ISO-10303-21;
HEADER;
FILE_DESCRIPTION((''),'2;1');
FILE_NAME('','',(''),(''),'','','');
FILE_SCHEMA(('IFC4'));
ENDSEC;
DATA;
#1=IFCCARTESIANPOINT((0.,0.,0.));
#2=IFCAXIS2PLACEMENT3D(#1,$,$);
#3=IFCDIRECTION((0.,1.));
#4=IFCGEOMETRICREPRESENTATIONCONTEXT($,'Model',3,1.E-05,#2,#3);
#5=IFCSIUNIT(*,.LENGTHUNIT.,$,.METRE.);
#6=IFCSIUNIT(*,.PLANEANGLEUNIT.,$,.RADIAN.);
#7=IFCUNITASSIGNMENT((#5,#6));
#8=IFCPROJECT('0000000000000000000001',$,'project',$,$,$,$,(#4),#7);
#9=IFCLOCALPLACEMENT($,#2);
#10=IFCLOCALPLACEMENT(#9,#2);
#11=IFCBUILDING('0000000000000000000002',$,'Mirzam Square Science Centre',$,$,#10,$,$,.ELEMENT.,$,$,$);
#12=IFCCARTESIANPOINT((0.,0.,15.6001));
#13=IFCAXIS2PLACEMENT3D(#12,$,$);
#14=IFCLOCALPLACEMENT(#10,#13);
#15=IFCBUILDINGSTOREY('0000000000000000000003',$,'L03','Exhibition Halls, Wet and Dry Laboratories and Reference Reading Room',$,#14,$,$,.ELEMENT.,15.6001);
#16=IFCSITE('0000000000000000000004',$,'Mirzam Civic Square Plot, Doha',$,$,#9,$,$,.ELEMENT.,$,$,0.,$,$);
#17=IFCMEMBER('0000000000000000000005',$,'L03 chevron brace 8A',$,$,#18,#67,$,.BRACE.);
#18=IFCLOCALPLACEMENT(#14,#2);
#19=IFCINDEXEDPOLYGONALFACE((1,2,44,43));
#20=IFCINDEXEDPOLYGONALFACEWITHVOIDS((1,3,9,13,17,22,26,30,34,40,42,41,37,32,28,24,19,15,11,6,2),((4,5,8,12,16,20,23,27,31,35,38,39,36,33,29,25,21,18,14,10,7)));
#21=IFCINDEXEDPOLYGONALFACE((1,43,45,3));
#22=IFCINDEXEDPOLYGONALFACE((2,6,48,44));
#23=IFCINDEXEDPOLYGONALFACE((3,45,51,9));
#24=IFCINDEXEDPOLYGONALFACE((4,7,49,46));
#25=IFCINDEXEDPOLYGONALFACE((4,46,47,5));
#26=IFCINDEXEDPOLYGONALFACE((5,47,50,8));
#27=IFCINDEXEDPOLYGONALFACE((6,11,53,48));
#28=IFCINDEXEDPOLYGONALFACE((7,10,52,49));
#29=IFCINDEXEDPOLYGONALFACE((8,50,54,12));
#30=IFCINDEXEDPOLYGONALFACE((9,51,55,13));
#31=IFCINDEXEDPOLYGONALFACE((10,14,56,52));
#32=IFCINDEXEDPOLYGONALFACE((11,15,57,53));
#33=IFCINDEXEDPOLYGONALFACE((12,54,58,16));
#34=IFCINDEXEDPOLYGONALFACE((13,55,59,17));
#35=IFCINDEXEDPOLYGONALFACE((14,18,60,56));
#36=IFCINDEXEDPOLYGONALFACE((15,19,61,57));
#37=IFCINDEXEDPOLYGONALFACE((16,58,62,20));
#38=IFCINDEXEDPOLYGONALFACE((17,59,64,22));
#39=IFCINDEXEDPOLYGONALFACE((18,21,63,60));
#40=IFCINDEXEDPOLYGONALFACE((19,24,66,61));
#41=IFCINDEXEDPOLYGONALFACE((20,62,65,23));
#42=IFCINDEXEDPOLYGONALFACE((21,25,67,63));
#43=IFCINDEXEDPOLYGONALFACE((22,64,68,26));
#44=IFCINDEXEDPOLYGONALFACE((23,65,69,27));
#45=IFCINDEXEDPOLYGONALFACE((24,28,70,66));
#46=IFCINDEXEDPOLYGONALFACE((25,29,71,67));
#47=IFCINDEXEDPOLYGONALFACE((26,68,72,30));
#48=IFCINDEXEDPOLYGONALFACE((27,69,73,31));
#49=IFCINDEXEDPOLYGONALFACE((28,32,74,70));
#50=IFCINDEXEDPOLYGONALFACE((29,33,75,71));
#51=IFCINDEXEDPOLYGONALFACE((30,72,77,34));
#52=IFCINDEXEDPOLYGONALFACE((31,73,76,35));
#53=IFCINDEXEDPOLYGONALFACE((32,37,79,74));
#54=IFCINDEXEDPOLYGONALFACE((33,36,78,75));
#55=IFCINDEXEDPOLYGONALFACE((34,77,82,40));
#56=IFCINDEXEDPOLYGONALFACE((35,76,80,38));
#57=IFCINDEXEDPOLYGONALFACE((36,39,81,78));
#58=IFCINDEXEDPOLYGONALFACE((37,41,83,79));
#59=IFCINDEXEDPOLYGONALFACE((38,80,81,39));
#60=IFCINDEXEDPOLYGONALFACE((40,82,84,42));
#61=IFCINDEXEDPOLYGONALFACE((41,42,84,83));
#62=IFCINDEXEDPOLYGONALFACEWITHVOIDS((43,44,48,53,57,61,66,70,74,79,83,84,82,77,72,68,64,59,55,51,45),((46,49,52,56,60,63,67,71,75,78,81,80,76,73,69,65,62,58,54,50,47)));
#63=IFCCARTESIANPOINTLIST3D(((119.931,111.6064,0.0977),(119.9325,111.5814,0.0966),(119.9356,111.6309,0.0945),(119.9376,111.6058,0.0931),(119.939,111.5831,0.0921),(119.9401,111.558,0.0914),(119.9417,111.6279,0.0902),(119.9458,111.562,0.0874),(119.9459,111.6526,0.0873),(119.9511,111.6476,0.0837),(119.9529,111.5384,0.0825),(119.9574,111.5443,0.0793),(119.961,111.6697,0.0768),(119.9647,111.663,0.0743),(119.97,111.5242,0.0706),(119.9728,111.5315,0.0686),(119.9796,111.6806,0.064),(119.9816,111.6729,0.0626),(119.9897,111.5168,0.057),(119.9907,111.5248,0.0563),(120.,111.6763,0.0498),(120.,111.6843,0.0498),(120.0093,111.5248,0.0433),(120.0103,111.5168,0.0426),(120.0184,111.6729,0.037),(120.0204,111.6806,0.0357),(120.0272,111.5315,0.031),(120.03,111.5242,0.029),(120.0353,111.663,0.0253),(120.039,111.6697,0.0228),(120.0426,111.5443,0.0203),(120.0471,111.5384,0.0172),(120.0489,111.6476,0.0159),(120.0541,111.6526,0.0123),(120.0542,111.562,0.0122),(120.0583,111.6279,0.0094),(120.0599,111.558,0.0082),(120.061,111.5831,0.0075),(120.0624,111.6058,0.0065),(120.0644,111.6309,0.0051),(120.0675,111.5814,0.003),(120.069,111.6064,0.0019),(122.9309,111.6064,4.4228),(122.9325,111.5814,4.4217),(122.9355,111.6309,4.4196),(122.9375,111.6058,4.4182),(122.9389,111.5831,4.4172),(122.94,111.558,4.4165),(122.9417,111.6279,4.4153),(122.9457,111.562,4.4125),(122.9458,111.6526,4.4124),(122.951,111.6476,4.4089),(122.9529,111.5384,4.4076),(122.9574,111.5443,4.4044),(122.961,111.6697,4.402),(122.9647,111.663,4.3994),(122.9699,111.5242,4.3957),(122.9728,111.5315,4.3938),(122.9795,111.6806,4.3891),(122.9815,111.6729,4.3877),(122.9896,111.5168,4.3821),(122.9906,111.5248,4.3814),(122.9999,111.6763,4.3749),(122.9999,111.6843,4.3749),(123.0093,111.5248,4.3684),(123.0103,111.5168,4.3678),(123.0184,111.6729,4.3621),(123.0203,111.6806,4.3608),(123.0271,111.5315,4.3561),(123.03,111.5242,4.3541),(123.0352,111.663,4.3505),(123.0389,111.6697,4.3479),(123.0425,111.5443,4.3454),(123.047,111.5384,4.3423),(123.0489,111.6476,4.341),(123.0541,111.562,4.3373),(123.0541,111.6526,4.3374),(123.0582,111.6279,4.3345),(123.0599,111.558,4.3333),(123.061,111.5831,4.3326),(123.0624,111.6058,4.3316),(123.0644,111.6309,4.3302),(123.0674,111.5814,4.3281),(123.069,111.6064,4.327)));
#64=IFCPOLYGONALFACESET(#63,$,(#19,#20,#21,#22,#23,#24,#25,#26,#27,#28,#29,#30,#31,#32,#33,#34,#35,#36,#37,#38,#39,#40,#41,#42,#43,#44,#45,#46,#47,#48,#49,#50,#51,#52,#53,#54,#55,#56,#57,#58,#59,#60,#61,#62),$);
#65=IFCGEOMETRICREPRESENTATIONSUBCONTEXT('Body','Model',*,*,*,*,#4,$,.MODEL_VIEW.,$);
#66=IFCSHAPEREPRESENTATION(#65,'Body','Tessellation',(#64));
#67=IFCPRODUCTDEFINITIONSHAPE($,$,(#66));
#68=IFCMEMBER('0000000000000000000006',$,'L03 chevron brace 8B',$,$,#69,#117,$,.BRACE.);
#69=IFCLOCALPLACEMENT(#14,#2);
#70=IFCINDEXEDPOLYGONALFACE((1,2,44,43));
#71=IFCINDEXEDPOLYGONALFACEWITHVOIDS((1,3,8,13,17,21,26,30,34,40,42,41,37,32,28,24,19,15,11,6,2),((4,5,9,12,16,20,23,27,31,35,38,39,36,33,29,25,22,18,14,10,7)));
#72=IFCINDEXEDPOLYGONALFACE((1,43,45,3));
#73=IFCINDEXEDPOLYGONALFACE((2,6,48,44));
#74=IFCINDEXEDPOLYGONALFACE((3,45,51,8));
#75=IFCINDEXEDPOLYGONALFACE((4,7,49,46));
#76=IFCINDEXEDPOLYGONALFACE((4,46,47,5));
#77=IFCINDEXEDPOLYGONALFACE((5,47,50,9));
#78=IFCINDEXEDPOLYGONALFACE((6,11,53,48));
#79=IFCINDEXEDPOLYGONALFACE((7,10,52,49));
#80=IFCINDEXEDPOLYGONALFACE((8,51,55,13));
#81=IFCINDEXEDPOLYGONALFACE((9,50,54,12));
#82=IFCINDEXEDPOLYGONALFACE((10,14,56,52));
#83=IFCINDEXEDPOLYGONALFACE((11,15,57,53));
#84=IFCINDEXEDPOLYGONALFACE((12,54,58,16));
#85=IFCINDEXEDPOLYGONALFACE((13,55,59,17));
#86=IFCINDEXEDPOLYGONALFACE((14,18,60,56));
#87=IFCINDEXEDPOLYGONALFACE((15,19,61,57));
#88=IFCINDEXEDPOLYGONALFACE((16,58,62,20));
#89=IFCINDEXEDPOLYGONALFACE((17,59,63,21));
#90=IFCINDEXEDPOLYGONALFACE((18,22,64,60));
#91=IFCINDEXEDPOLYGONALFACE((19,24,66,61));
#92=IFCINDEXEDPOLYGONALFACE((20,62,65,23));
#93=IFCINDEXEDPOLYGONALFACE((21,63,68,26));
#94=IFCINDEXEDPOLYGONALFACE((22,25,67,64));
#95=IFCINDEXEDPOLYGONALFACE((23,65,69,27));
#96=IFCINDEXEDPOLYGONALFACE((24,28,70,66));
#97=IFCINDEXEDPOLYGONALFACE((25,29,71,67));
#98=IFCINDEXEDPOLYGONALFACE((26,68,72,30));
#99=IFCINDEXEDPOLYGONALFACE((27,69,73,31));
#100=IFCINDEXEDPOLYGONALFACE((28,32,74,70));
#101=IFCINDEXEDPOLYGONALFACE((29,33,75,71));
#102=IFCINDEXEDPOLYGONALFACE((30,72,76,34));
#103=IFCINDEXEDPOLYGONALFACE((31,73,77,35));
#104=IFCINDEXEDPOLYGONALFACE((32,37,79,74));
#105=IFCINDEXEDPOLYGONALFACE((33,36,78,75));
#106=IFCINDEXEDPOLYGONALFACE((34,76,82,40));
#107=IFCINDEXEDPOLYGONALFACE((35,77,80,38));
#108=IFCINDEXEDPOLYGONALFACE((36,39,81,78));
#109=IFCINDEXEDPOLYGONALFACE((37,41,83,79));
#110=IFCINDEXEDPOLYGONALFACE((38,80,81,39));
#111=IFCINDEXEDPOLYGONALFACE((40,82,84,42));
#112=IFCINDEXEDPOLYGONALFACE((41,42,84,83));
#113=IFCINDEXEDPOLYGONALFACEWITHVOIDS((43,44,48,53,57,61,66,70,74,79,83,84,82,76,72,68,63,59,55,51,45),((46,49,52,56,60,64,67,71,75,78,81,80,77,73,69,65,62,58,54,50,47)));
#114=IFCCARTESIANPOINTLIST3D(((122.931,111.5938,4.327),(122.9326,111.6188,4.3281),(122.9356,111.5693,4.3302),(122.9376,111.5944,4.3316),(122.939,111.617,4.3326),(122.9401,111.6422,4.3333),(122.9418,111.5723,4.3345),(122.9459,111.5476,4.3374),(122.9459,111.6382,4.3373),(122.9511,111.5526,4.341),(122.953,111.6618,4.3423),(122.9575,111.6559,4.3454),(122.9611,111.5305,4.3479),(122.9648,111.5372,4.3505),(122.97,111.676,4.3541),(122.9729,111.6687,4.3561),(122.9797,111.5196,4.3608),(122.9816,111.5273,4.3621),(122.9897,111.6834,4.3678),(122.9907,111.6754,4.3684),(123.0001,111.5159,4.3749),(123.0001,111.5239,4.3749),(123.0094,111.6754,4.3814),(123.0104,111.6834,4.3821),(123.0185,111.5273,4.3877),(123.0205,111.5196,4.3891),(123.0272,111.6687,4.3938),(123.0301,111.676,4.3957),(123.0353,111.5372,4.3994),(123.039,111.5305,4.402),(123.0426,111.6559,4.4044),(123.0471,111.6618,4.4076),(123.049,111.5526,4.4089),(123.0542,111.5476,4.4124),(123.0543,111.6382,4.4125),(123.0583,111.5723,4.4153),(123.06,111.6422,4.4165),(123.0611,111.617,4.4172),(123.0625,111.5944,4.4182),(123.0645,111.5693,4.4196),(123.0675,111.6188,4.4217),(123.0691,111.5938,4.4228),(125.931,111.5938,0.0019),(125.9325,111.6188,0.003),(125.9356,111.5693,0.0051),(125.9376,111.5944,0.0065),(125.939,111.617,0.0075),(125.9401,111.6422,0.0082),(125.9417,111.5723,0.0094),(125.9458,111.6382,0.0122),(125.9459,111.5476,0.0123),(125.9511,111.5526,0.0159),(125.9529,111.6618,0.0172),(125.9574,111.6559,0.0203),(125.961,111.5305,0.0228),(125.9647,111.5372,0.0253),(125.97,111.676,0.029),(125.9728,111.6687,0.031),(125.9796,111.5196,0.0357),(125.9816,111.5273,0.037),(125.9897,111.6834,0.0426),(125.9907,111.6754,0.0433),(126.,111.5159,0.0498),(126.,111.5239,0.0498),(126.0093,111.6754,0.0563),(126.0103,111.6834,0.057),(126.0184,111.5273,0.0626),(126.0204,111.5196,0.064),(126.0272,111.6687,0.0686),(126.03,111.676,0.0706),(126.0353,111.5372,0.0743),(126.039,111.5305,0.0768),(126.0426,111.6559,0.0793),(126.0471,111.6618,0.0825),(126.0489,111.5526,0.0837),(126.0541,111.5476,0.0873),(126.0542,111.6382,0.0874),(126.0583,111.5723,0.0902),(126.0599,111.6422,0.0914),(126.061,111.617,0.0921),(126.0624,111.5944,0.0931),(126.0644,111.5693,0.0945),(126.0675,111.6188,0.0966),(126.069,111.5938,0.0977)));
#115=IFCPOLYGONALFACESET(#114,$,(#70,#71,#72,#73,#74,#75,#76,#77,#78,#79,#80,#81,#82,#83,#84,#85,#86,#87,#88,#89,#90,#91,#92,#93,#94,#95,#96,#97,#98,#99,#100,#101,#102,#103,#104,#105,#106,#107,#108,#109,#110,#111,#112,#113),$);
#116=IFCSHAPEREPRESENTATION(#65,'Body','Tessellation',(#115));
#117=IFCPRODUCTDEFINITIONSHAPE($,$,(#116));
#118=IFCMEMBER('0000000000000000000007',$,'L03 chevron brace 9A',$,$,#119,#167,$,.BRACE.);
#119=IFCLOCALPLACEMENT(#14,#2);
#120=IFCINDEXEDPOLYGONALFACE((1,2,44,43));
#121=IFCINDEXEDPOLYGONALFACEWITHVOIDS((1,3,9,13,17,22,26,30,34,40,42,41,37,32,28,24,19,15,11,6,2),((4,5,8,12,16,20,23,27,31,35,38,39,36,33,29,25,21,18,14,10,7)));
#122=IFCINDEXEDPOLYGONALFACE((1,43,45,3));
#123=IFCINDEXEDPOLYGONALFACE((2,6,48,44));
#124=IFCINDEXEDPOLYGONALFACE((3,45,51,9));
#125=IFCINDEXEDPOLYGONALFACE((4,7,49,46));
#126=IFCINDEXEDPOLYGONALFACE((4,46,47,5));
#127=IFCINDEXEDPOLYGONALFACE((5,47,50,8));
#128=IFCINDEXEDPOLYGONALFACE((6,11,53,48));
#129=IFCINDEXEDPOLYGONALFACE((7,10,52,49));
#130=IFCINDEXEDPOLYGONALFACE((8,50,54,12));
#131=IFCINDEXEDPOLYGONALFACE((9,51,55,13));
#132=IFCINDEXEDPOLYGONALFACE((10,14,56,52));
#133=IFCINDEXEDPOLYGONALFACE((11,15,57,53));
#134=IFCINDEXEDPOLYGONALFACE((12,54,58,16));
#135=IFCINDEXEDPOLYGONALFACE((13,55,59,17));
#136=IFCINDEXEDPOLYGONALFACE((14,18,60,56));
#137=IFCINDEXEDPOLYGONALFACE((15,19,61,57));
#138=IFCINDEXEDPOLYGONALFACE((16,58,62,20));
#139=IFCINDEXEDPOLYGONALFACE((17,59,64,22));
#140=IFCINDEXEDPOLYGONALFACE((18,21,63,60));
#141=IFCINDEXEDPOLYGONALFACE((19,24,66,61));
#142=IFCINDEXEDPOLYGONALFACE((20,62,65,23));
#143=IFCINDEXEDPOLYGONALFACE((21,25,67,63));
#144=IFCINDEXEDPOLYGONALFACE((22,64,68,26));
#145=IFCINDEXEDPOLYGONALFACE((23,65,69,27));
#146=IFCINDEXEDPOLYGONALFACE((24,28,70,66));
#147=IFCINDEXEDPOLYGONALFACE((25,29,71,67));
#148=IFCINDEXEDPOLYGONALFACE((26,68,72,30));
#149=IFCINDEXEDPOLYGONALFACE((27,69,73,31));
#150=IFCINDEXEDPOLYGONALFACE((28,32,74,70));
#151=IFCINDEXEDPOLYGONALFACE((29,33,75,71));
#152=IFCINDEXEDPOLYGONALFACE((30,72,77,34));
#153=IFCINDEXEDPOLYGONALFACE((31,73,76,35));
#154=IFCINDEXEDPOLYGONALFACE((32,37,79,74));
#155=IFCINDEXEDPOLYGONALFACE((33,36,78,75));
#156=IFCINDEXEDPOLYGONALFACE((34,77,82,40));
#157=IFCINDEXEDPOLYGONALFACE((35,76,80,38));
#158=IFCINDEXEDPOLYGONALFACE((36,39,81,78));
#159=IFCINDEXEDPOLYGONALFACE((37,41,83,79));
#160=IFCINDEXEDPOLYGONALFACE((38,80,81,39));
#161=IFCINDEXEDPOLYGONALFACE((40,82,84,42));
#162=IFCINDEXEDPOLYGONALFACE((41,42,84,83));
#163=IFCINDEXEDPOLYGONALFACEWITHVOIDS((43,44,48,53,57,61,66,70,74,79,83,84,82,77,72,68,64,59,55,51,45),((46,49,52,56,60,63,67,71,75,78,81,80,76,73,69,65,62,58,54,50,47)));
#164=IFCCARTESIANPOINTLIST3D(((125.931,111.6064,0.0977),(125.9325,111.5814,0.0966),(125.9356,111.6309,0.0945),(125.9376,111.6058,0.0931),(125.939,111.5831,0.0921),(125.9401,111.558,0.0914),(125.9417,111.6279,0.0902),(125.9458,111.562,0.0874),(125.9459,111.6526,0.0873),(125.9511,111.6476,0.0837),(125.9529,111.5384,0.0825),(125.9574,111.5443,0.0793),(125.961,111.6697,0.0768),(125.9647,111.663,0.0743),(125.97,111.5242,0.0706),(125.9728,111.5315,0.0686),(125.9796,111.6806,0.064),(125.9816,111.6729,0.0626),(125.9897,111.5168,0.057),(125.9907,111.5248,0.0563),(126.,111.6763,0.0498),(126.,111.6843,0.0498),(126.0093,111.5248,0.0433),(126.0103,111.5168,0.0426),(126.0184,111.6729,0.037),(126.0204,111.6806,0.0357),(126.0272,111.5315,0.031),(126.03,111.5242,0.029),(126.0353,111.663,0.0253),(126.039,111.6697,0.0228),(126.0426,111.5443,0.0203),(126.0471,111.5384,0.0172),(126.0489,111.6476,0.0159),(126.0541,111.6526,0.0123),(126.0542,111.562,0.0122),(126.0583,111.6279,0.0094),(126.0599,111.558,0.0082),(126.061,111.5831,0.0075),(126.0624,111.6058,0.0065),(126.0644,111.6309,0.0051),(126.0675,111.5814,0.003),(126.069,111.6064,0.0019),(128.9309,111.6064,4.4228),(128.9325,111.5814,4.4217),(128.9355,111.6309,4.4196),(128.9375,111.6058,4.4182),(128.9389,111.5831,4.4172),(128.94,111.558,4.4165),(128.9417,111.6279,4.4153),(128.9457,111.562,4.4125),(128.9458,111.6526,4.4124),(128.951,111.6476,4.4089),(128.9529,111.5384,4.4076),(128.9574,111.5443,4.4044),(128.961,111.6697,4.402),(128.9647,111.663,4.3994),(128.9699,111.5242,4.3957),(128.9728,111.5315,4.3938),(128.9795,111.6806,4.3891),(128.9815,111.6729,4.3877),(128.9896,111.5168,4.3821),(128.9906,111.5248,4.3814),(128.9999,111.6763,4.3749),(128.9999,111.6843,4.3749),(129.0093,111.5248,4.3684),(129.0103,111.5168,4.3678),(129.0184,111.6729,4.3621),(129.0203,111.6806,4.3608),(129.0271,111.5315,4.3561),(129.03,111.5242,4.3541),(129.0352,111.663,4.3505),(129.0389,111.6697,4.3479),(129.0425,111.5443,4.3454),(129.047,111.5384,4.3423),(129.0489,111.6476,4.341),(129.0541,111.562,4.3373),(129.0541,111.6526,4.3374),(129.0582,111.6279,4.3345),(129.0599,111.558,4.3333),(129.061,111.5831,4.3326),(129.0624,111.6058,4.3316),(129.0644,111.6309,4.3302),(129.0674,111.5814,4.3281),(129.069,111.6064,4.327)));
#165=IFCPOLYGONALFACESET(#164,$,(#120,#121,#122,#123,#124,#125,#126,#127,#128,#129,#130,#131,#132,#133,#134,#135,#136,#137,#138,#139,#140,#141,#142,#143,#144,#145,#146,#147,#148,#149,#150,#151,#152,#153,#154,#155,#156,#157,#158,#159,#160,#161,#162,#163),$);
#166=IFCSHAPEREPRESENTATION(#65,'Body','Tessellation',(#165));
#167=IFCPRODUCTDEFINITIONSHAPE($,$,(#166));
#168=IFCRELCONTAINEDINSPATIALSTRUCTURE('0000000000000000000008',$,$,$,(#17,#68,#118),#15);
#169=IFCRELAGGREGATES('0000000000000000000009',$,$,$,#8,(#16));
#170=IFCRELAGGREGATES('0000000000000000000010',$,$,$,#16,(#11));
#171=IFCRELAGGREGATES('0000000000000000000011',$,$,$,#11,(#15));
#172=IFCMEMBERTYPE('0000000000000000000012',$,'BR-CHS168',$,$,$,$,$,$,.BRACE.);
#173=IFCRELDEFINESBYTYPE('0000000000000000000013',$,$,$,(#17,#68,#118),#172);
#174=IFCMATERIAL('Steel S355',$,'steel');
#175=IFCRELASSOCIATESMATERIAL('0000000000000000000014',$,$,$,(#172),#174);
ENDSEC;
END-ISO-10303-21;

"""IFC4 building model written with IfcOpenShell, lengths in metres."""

from ifc_helpers import new_model, si_unit, direction, frame, origin, origin_2d, place, context, subcontext, project, spatial, hollow_circle, extrude, material, material_profile, profile_set, type_object, element, save


model = new_model("IFC4")

# Units and contexts
model_context = context("Model", 3, precision=1e-05, world=origin(), true_north=direction((0.0, 1.0)))
body_context = subcontext(model_context, "Body", "Model", "MODEL_VIEW")
ifc_project = project(units=[si_unit("LENGTHUNIT", "METRE"), si_unit("PLANEANGLEUNIT", "RADIAN")], contexts=[model_context])

# Site, building, storey
site_placement = place(None, origin())
site = spatial("IfcSite", under=ifc_project, at=site_placement, Name="Mirzam Civic Square Plot, Doha", CompositionType="ELEMENT", RefElevation=0.0)
building_placement = place(site_placement, origin())
building = spatial("IfcBuilding", under=site, at=building_placement, Name="Mirzam Square Science Centre", CompositionType="ELEMENT")
storey_placement = place(building_placement, frame((0.0, 0.0, 15.6001)))
storey = spatial("IfcBuildingStorey", under=building, at=storey_placement, Name="L03", Description="Exhibition Halls, Wet and Dry Laboratories and Reference Reading Room", CompositionType="ELEMENT", Elevation=15.6001)

# Shared definitions
ifc_material_1 = material(Name="Steel S355", Category="steel")

# Members
ifc_material_profile_1 = material_profile(ifc_material_1, hollow_circle(Radius=0.0842, WallThickness=0.0081, at=origin_2d()), Name="168.3x8.0CHS")
ifc_profile_set_1 = profile_set([ifc_material_profile_1], Name="Steel S355")
member_type_1 = type_object("IfcMemberType", Name="BR-CHS168", PredefinedType="BRACE", material=ifc_profile_set_1)
for number, where, z_axis, x_axis, name in (
    (1, (120.0, 111.6001, 0.0498), (0.569933, 0.0, 0.821691), (0.0, 1.0, 0.0), "L03 chevron brace 8A"),
    (2, (126.0, 111.6001, 0.0498), (-0.569933, 0.0, 0.821691), (0.0, -1.0, 0.0), "L03 chevron brace 8B"),
    (3, (126.0, 111.6001, 0.0498), (0.569933, 0.0, 0.821691), (0.0, 1.0, 0.0), "L03 chevron brace 9A"),
):
    element("IfcMember", number, at=place(storey_placement, frame(where, z_axis=z_axis, x_axis=x_axis)), inside=storey, type_object=member_type_1, Name=name, PredefinedType="BRACE", context=body_context, shape_type="SweptSolid", body=[
        extrude(hollow_circle(Radius=0.0842, WallThickness=0.0081, at=origin_2d()), origin(), (0.0, 0.0, 1.0), 5.2637),
    ])

save(model, "model.ifc")
